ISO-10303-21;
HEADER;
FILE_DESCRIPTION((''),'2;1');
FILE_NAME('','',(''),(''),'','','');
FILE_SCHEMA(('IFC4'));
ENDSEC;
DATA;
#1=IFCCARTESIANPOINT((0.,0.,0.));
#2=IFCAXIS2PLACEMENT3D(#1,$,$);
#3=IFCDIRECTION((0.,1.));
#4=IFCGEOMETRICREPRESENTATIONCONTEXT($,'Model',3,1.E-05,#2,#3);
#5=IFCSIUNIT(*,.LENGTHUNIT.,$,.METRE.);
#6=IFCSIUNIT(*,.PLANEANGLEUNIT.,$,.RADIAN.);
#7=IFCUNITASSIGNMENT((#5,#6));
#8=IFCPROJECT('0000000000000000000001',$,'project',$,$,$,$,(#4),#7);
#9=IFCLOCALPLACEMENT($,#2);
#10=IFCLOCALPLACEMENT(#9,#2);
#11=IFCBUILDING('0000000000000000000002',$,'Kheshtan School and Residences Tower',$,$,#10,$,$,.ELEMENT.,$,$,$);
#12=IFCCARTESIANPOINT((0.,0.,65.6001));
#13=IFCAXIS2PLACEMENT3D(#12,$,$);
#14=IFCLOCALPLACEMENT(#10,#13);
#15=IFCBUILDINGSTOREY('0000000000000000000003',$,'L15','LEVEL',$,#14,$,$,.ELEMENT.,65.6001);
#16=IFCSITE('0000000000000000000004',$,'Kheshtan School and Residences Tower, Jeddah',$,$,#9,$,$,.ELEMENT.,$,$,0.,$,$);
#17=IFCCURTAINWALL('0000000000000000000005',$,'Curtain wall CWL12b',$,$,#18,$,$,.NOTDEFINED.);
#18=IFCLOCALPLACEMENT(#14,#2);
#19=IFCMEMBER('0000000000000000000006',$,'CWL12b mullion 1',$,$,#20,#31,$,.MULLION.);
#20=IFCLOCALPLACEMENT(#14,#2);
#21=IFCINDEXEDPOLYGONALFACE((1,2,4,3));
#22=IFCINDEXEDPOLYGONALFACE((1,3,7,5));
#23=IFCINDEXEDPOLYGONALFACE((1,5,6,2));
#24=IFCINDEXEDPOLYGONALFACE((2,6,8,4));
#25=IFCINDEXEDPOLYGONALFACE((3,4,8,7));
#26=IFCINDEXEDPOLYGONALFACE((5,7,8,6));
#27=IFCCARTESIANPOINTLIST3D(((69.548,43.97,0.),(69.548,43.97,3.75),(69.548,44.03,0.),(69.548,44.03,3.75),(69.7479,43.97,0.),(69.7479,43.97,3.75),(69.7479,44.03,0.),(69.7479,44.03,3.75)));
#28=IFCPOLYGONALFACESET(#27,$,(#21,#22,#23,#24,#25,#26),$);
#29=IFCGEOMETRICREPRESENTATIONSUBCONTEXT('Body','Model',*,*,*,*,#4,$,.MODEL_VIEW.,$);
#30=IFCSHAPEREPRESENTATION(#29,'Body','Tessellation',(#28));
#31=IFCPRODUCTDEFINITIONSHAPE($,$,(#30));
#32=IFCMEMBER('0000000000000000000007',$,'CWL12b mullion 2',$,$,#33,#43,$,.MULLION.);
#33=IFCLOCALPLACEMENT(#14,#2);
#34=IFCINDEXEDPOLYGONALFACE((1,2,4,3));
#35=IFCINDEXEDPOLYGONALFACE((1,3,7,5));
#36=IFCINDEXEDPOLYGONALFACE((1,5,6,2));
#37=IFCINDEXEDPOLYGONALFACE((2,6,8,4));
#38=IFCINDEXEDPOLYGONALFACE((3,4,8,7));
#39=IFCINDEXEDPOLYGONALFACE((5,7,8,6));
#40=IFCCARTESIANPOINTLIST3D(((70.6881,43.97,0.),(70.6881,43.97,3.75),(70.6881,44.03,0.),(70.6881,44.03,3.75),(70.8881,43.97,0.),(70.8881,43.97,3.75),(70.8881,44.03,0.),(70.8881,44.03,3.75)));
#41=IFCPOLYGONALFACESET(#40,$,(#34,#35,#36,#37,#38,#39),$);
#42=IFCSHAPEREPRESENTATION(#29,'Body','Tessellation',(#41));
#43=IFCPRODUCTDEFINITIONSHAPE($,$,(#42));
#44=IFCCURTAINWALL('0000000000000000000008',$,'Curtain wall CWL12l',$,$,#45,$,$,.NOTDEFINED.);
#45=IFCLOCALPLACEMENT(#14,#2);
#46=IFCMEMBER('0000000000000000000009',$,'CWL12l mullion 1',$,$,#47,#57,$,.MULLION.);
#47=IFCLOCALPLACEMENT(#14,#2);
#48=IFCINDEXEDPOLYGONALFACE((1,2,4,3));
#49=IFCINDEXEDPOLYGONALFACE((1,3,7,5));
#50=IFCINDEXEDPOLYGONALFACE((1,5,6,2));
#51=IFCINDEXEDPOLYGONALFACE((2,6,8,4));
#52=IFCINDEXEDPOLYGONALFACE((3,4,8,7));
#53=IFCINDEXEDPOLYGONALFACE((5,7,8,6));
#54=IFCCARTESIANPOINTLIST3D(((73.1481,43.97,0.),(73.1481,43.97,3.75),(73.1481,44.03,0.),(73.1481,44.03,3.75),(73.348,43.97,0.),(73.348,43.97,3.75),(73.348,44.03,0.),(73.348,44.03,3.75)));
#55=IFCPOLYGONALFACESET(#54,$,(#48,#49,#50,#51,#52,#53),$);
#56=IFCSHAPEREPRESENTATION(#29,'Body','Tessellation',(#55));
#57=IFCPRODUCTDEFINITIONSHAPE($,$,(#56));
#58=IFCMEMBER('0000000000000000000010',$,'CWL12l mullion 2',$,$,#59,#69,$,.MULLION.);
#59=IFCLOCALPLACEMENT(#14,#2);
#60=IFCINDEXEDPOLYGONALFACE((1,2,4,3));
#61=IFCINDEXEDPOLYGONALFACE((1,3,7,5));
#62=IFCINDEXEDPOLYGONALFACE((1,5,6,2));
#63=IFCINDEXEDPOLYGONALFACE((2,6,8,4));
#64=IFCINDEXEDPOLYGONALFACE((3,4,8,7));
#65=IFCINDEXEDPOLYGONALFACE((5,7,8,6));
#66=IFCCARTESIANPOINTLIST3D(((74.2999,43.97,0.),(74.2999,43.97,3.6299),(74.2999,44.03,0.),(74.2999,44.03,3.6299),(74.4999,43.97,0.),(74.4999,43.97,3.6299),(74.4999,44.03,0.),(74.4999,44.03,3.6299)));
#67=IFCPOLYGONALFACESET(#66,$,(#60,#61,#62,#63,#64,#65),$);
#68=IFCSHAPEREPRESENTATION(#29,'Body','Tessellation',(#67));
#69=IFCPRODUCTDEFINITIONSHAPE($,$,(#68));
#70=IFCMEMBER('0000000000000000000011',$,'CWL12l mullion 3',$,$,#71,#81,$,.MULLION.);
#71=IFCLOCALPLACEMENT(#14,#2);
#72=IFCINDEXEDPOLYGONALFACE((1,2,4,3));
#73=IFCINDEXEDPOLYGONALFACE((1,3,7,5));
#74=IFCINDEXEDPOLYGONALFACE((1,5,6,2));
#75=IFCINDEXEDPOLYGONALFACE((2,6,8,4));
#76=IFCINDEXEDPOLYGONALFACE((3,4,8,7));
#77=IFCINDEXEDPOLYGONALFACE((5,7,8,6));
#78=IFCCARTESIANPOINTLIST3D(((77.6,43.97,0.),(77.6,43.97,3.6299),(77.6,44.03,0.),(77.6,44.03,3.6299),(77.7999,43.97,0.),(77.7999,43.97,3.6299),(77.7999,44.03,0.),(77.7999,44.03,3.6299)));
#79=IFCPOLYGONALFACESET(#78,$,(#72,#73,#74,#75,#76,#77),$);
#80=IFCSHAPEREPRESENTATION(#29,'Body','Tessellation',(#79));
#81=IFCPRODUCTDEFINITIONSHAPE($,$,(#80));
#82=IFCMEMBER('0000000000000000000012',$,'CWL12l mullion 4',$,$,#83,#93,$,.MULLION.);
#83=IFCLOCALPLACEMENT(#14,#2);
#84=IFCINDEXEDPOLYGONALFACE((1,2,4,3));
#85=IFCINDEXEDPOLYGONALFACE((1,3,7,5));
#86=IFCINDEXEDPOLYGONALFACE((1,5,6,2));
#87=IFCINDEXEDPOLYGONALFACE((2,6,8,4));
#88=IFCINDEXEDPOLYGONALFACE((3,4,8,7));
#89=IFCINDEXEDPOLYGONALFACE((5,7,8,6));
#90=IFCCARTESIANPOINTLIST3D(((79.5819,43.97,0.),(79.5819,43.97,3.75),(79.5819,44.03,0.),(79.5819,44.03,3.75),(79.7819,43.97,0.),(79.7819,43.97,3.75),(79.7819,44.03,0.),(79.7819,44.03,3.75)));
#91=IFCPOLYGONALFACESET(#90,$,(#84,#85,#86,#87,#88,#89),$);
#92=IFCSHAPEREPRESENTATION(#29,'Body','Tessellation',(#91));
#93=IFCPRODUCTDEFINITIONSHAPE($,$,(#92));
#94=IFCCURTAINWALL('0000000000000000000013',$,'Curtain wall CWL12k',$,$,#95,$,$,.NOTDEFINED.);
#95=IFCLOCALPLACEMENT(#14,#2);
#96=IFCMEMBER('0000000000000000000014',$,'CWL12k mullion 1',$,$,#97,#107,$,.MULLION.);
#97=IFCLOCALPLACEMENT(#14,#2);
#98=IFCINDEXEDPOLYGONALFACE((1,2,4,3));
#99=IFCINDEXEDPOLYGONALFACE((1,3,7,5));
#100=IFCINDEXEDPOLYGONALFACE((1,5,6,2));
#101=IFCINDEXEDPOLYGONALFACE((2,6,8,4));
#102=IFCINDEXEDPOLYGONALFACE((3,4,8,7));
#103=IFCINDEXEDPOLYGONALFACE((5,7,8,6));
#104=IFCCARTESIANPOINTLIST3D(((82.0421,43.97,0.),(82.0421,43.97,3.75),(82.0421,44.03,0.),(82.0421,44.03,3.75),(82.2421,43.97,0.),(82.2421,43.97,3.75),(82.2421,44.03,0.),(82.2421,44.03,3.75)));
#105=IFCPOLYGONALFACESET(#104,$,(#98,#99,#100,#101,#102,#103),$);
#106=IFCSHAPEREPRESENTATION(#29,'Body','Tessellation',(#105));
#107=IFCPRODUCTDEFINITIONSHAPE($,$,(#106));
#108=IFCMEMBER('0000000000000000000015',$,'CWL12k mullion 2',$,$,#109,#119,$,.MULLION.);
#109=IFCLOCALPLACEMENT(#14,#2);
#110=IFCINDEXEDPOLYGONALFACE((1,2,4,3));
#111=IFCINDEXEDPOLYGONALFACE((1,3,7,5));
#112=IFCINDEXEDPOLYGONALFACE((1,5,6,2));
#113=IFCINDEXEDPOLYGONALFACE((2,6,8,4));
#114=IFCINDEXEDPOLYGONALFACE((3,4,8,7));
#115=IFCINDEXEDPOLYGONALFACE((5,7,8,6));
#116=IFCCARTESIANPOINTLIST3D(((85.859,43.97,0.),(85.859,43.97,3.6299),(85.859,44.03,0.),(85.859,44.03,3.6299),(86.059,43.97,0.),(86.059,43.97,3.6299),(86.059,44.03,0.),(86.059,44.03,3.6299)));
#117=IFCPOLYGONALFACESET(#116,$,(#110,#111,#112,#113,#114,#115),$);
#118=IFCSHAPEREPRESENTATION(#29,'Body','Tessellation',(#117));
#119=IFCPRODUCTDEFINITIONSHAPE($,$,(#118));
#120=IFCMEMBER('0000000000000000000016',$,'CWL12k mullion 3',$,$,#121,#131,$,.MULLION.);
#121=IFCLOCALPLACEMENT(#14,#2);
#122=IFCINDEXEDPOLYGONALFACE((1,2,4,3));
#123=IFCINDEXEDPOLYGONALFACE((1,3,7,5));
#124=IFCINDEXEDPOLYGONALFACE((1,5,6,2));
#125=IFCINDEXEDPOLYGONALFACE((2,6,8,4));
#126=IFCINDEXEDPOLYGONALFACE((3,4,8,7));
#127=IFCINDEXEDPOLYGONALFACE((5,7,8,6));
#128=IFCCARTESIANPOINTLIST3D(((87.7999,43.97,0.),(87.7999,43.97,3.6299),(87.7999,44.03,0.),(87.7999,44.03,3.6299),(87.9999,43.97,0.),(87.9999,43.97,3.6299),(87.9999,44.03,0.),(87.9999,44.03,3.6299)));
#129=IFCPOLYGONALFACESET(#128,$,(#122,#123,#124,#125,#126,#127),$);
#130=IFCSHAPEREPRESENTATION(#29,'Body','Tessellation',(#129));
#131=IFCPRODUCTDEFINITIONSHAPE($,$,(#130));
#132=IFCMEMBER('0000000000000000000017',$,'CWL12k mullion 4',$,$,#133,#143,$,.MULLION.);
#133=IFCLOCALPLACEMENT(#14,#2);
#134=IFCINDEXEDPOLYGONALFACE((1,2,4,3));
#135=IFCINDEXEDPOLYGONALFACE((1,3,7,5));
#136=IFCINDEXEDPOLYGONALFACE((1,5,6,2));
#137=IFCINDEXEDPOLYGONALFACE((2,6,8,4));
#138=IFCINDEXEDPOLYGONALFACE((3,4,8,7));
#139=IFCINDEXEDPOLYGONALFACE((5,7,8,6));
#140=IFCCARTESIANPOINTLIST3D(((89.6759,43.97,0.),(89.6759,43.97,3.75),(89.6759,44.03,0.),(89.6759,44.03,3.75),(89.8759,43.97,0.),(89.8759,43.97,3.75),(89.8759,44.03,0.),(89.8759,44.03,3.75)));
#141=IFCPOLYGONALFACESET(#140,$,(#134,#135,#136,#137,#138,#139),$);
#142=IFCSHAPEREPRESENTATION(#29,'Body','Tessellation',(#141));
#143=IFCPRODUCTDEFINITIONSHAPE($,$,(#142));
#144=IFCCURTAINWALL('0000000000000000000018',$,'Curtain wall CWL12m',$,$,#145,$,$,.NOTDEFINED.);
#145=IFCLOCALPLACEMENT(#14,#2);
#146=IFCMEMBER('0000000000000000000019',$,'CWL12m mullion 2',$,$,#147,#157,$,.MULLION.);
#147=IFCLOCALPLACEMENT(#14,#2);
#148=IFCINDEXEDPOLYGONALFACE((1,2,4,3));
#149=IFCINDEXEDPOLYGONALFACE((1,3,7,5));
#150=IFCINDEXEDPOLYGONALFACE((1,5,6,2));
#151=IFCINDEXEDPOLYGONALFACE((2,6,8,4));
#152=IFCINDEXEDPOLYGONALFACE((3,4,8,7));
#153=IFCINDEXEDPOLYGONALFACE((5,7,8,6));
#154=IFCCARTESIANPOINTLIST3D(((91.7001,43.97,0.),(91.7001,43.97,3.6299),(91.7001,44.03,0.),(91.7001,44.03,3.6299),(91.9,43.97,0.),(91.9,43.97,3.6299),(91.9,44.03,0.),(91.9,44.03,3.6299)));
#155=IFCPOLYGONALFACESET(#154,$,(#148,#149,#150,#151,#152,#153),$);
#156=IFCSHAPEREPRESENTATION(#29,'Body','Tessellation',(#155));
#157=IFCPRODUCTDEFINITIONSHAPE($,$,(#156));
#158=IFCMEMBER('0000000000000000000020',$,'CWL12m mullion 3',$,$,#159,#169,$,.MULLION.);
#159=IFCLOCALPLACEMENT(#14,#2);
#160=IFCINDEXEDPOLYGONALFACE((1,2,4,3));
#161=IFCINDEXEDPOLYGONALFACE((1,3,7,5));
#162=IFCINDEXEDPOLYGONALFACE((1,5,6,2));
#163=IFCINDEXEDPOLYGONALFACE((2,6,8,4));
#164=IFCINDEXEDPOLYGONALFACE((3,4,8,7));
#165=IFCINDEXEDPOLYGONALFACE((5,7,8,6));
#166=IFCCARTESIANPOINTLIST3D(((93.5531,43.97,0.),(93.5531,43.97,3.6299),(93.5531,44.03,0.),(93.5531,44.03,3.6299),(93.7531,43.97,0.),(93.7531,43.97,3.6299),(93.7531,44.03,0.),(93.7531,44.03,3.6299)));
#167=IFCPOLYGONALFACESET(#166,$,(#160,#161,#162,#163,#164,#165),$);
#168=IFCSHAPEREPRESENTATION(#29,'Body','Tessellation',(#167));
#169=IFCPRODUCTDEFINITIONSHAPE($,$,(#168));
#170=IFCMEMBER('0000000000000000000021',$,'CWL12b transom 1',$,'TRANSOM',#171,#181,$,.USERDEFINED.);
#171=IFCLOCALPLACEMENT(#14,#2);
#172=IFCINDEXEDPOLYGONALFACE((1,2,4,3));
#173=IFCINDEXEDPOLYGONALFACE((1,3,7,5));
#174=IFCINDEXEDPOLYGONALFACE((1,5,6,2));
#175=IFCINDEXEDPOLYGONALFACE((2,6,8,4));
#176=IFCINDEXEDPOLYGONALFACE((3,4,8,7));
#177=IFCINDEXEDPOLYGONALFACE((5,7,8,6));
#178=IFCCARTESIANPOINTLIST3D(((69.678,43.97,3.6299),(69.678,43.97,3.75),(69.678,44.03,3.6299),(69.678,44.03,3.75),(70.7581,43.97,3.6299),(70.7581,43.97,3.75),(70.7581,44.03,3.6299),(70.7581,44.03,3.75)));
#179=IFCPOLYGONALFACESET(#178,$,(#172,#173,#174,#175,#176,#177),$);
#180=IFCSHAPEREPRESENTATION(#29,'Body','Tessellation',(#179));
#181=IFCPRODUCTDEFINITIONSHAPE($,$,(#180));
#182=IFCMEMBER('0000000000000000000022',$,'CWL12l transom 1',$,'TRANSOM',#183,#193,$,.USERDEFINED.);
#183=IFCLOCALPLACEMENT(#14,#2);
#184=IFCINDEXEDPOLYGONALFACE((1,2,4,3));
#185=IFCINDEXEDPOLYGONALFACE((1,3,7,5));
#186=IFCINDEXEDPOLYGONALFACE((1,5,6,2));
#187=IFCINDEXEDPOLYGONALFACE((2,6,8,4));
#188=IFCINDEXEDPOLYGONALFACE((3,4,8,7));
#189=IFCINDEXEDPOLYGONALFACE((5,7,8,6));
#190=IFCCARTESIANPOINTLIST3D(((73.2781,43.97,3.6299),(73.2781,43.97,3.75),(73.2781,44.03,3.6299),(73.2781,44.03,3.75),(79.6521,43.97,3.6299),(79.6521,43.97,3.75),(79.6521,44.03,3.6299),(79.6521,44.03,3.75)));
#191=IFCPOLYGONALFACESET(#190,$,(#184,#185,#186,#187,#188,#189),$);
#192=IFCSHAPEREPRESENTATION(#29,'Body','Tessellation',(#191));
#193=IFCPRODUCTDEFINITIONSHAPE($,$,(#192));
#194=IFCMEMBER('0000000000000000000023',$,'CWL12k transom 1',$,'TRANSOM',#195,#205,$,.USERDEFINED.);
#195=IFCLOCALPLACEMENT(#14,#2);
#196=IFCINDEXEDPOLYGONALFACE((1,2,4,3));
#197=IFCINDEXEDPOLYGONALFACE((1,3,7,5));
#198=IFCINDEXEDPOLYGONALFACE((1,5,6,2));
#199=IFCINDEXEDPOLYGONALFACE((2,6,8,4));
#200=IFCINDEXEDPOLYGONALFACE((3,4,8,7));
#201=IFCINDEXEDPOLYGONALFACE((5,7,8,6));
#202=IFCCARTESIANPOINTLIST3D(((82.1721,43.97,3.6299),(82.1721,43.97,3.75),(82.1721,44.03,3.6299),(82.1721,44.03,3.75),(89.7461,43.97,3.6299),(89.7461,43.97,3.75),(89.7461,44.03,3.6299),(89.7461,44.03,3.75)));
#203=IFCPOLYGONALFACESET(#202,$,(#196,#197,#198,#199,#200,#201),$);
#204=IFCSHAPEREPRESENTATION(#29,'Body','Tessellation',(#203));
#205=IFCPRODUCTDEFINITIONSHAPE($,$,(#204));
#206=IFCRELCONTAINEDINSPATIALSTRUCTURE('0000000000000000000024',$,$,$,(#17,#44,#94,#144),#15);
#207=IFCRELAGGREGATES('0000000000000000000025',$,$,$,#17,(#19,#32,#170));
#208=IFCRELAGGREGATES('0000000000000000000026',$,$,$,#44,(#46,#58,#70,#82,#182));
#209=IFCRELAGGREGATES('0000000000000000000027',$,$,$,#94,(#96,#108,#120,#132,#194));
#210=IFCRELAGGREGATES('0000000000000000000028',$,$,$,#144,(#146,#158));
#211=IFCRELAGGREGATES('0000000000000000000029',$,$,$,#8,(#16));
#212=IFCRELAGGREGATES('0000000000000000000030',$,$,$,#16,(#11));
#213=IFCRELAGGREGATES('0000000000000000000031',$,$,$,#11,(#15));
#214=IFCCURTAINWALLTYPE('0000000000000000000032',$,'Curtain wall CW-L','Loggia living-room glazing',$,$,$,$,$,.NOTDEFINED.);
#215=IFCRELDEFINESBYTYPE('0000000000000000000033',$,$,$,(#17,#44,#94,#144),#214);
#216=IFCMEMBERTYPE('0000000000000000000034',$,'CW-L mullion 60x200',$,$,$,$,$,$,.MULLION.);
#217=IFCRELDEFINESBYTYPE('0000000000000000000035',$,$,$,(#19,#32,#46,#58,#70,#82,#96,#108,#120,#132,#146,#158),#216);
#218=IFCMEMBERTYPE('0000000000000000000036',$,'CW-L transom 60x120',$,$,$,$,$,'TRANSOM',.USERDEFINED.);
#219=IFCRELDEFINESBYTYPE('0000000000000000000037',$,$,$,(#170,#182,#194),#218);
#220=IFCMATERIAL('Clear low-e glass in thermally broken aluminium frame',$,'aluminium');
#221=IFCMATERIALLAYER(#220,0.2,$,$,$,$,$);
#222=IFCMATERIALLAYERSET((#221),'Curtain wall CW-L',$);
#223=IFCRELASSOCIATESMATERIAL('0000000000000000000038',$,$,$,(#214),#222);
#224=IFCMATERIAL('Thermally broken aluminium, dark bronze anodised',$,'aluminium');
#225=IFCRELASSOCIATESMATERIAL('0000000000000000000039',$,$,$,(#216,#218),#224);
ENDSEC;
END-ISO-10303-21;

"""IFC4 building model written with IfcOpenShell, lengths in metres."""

from ifc_helpers import new_model, si_unit, direction, frame, origin, origin_2d, place, context, subcontext, project, spatial, rectangle, extrude, material, layer, layer_set, material_profile, profile_set, type_object, element, aggregate, save


model = new_model("IFC4")

# Units and contexts
model_context = context("Model", 3, precision=1e-05, world=origin(), true_north=direction((0.0, 1.0)))
body_context = subcontext(model_context, "Body", "Model", "MODEL_VIEW")
ifc_project = project(units=[si_unit("LENGTHUNIT", "METRE"), si_unit("PLANEANGLEUNIT", "RADIAN")], contexts=[model_context])

# Site, building, storey
site_placement = place(None, origin())
site = spatial("IfcSite", under=ifc_project, at=site_placement, Name="Kheshtan School and Residences Tower, Jeddah", CompositionType="ELEMENT", RefElevation=0.0)
building_placement = place(site_placement, origin())
building = spatial("IfcBuilding", under=site, at=building_placement, Name="Kheshtan School and Residences Tower", CompositionType="ELEMENT")
storey_placement = place(building_placement, frame((0.0, 0.0, 65.6001)))
storey = spatial("IfcBuildingStorey", under=building, at=storey_placement, Name="L15", Description="LEVEL", CompositionType="ELEMENT", Elevation=65.6001)

# Curtain walls, members
ifc_material_1 = material(Name="Clear low-e glass in thermally broken aluminium frame", Category="aluminium")
ifc_layer_1 = layer(ifc_material_1, 0.2)
ifc_layer_set_1 = layer_set([ifc_layer_1], Name="Curtain wall CW-L")
curtain_wall_type = type_object("IfcCurtainWallType", Name="Curtain wall CW-L", Description="Loggia living-room glazing", PredefinedType="NOTDEFINED", material=ifc_layer_set_1)
curtain_wall_1_placement = place(storey_placement, origin())
curtain_wall_1 = element("IfcCurtainWall", 1, at=curtain_wall_1_placement, inside=storey, type_object=curtain_wall_type, Name="Curtain wall CWL12b", PredefinedType="NOTDEFINED")
ifc_material_2 = material(Name="Thermally broken aluminium, dark bronze anodised", Category="aluminium")
ifc_material_profile_1 = material_profile(ifc_material_2, rectangle(XDim=0.0601, YDim=0.2, at=origin_2d()), Name="CW-L mullion 60x200")
ifc_profile_set_1 = profile_set([ifc_material_profile_1], Name="Thermally broken aluminium, dark bronze anodised")
member_type_1 = type_object("IfcMemberType", Name="CW-L mullion 60x200", PredefinedType="MULLION", material=ifc_profile_set_1)
member_1_placement = place(storey_placement, frame((69.6479, 44.0, 0.0), z_axis=(0.0, 0.0, 1.0), x_axis=(0.0, 1.0, 0.0)))
member_1 = element("IfcMember", 2, at=member_1_placement, type_object=member_type_1, Name="CWL12b mullion 1", PredefinedType="MULLION", context=body_context, shape_type="SweptSolid", body=[
    extrude(rectangle(XDim=0.0601, YDim=0.2, at=origin_2d()), origin(), (0.0, 0.0, 1.0), 3.75),
])
member_2_placement = place(storey_placement, frame((70.7881, 44.0, 0.0), z_axis=(0.0, 0.0, 1.0), x_axis=(0.0, 1.0, 0.0)))
member_2 = element("IfcMember", 3, at=member_2_placement, type_object=member_type_1, Name="CWL12b mullion 2", PredefinedType="MULLION", context=body_context, shape_type="SweptSolid", body=[
    extrude(rectangle(XDim=0.0601, YDim=0.2, at=origin_2d()), origin(), (0.0, 0.0, 1.0), 3.75),
])
curtain_wall_2_placement = place(storey_placement, origin())
curtain_wall_2 = element("IfcCurtainWall", 4, at=curtain_wall_2_placement, inside=storey, type_object=curtain_wall_type, Name="Curtain wall CWL12l", PredefinedType="NOTDEFINED")
member_3_placement = place(storey_placement, frame((73.248, 44.0, 0.0), z_axis=(0.0, 0.0, 1.0), x_axis=(0.0, 1.0, 0.0)))
member_3 = element("IfcMember", 5, at=member_3_placement, type_object=member_type_1, Name="CWL12l mullion 1", PredefinedType="MULLION", context=body_context, shape_type="SweptSolid", body=[
    extrude(rectangle(XDim=0.0601, YDim=0.2, at=origin_2d()), origin(), (0.0, 0.0, 1.0), 3.75),
])
member_4_placement = place(storey_placement, frame((74.3999, 44.0, 0.0), z_axis=(0.0, 0.0, 1.0), x_axis=(0.0, 1.0, 0.0)))
member_4 = element("IfcMember", 6, at=member_4_placement, type_object=member_type_1, Name="CWL12l mullion 2", PredefinedType="MULLION", context=body_context, shape_type="SweptSolid", body=[
    extrude(rectangle(XDim=0.0601, YDim=0.2, at=origin_2d()), origin(), (0.0, 0.0, 1.0), 3.6299),
])
member_5_placement = place(storey_placement, frame((77.7, 44.0, 0.0), z_axis=(0.0, 0.0, 1.0), x_axis=(0.0, 1.0, 0.0)))
member_5 = element("IfcMember", 7, at=member_5_placement, type_object=member_type_1, Name="CWL12l mullion 3", PredefinedType="MULLION", context=body_context, shape_type="SweptSolid", body=[
    extrude(rectangle(XDim=0.0601, YDim=0.2, at=origin_2d()), origin(), (0.0, 0.0, 1.0), 3.6299),
])
member_6_placement = place(storey_placement, frame((79.6819, 44.0, 0.0), z_axis=(0.0, 0.0, 1.0), x_axis=(0.0, 1.0, 0.0)))
member_6 = element("IfcMember", 8, at=member_6_placement, type_object=member_type_1, Name="CWL12l mullion 4", PredefinedType="MULLION", context=body_context, shape_type="SweptSolid", body=[
    extrude(rectangle(XDim=0.0601, YDim=0.2, at=origin_2d()), origin(), (0.0, 0.0, 1.0), 3.75),
])
curtain_wall_3_placement = place(storey_placement, origin())
curtain_wall_3 = element("IfcCurtainWall", 9, at=curtain_wall_3_placement, inside=storey, type_object=curtain_wall_type, Name="Curtain wall CWL12k", PredefinedType="NOTDEFINED")
member_7_placement = place(storey_placement, frame((82.1421, 44.0, 0.0), z_axis=(0.0, 0.0, 1.0), x_axis=(0.0, 1.0, 0.0)))
member_7 = element("IfcMember", 10, at=member_7_placement, type_object=member_type_1, Name="CWL12k mullion 1", PredefinedType="MULLION", context=body_context, shape_type="SweptSolid", body=[
    extrude(rectangle(XDim=0.0601, YDim=0.2, at=origin_2d()), origin(), (0.0, 0.0, 1.0), 3.75),
])
member_8_placement = place(storey_placement, frame((85.959, 44.0, 0.0), z_axis=(0.0, 0.0, 1.0), x_axis=(0.0, 1.0, 0.0)))
member_8 = element("IfcMember", 11, at=member_8_placement, type_object=member_type_1, Name="CWL12k mullion 2", PredefinedType="MULLION", context=body_context, shape_type="SweptSolid", body=[
    extrude(rectangle(XDim=0.0601, YDim=0.2, at=origin_2d()), origin(), (0.0, 0.0, 1.0), 3.6299),
])
member_9_placement = place(storey_placement, frame((87.8999, 44.0, 0.0), z_axis=(0.0, 0.0, 1.0), x_axis=(0.0, 1.0, 0.0)))
member_9 = element("IfcMember", 12, at=member_9_placement, type_object=member_type_1, Name="CWL12k mullion 3", PredefinedType="MULLION", context=body_context, shape_type="SweptSolid", body=[
    extrude(rectangle(XDim=0.0601, YDim=0.2, at=origin_2d()), origin(), (0.0, 0.0, 1.0), 3.6299),
])
member_10_placement = place(storey_placement, frame((89.7759, 44.0, 0.0), z_axis=(0.0, 0.0, 1.0), x_axis=(0.0, 1.0, 0.0)))
member_10 = element("IfcMember", 13, at=member_10_placement, type_object=member_type_1, Name="CWL12k mullion 4", PredefinedType="MULLION", context=body_context, shape_type="SweptSolid", body=[
    extrude(rectangle(XDim=0.0601, YDim=0.2, at=origin_2d()), origin(), (0.0, 0.0, 1.0), 3.75),
])
curtain_wall_4_placement = place(storey_placement, origin())
curtain_wall_4 = element("IfcCurtainWall", 14, at=curtain_wall_4_placement, inside=storey, type_object=curtain_wall_type, Name="Curtain wall CWL12m", PredefinedType="NOTDEFINED")
member_11_placement = place(storey_placement, frame((91.8, 44.0, 0.0), z_axis=(0.0, 0.0, 1.0), x_axis=(0.0, 1.0, 0.0)))
member_11 = element("IfcMember", 15, at=member_11_placement, type_object=member_type_1, Name="CWL12m mullion 2", PredefinedType="MULLION", context=body_context, shape_type="SweptSolid", body=[
    extrude(rectangle(XDim=0.0601, YDim=0.2, at=origin_2d()), origin(), (0.0, 0.0, 1.0), 3.6299),
])
member_12_placement = place(storey_placement, frame((93.6531, 44.0, 0.0), z_axis=(0.0, 0.0, 1.0), x_axis=(0.0, 1.0, 0.0)))
member_12 = element("IfcMember", 16, at=member_12_placement, type_object=member_type_1, Name="CWL12m mullion 3", PredefinedType="MULLION", context=body_context, shape_type="SweptSolid", body=[
    extrude(rectangle(XDim=0.0601, YDim=0.2, at=origin_2d()), origin(), (0.0, 0.0, 1.0), 3.6299),
])

# Members
ifc_material_profile_2 = material_profile(ifc_material_2, rectangle(XDim=0.0601, YDim=0.1201, at=origin_2d()), Name="CW-L transom 60x120")
ifc_profile_set_2 = profile_set([ifc_material_profile_2], Name="Thermally broken aluminium, dark bronze anodised")
member_type_2 = type_object("IfcMemberType", Name="CW-L transom 60x120", ElementType="TRANSOM", PredefinedType="USERDEFINED", material=ifc_profile_set_2)
member_13_placement = place(storey_placement, frame((69.678, 44.0, 3.6899), z_axis=(1.0, 0.0, 0.0), x_axis=(0.0, 1.0, 0.0)))
member_13 = element("IfcMember", 17, at=member_13_placement, type_object=member_type_2, Name="CWL12b transom 1", ObjectType="TRANSOM", PredefinedType="USERDEFINED", context=body_context, shape_type="SweptSolid", body=[
    extrude(rectangle(XDim=0.0601, YDim=0.1201, at=origin_2d()), origin(), (0.0, 0.0, 1.0), 1.0801),
])
member_14_placement = place(storey_placement, frame((73.2781, 44.0, 3.6899), z_axis=(1.0, 0.0, 0.0), x_axis=(0.0, 1.0, 0.0)))
member_14 = element("IfcMember", 18, at=member_14_placement, type_object=member_type_2, Name="CWL12l transom 1", ObjectType="TRANSOM", PredefinedType="USERDEFINED", context=body_context, shape_type="SweptSolid", body=[
    extrude(rectangle(XDim=0.0601, YDim=0.1201, at=origin_2d()), origin(), (0.0, 0.0, 1.0), 6.374),
])
member_15_placement = place(storey_placement, frame((82.1721, 44.0, 3.6899), z_axis=(1.0, 0.0, 0.0), x_axis=(0.0, 1.0, 0.0)))
member_15 = element("IfcMember", 19, at=member_15_placement, type_object=member_type_2, Name="CWL12k transom 1", ObjectType="TRANSOM", PredefinedType="USERDEFINED", context=body_context, shape_type="SweptSolid", body=[
    extrude(rectangle(XDim=0.0601, YDim=0.1201, at=origin_2d()), origin(), (0.0, 0.0, 1.0), 7.574),
])

aggregate(curtain_wall_1, [member_1, member_2, member_13])
aggregate(curtain_wall_2, [member_3, member_4, member_5, member_6, member_14])
aggregate(curtain_wall_3, [member_7, member_8, member_9, member_10, member_15])
aggregate(curtain_wall_4, [member_11, member_12])

save(model, "model.ifc")
